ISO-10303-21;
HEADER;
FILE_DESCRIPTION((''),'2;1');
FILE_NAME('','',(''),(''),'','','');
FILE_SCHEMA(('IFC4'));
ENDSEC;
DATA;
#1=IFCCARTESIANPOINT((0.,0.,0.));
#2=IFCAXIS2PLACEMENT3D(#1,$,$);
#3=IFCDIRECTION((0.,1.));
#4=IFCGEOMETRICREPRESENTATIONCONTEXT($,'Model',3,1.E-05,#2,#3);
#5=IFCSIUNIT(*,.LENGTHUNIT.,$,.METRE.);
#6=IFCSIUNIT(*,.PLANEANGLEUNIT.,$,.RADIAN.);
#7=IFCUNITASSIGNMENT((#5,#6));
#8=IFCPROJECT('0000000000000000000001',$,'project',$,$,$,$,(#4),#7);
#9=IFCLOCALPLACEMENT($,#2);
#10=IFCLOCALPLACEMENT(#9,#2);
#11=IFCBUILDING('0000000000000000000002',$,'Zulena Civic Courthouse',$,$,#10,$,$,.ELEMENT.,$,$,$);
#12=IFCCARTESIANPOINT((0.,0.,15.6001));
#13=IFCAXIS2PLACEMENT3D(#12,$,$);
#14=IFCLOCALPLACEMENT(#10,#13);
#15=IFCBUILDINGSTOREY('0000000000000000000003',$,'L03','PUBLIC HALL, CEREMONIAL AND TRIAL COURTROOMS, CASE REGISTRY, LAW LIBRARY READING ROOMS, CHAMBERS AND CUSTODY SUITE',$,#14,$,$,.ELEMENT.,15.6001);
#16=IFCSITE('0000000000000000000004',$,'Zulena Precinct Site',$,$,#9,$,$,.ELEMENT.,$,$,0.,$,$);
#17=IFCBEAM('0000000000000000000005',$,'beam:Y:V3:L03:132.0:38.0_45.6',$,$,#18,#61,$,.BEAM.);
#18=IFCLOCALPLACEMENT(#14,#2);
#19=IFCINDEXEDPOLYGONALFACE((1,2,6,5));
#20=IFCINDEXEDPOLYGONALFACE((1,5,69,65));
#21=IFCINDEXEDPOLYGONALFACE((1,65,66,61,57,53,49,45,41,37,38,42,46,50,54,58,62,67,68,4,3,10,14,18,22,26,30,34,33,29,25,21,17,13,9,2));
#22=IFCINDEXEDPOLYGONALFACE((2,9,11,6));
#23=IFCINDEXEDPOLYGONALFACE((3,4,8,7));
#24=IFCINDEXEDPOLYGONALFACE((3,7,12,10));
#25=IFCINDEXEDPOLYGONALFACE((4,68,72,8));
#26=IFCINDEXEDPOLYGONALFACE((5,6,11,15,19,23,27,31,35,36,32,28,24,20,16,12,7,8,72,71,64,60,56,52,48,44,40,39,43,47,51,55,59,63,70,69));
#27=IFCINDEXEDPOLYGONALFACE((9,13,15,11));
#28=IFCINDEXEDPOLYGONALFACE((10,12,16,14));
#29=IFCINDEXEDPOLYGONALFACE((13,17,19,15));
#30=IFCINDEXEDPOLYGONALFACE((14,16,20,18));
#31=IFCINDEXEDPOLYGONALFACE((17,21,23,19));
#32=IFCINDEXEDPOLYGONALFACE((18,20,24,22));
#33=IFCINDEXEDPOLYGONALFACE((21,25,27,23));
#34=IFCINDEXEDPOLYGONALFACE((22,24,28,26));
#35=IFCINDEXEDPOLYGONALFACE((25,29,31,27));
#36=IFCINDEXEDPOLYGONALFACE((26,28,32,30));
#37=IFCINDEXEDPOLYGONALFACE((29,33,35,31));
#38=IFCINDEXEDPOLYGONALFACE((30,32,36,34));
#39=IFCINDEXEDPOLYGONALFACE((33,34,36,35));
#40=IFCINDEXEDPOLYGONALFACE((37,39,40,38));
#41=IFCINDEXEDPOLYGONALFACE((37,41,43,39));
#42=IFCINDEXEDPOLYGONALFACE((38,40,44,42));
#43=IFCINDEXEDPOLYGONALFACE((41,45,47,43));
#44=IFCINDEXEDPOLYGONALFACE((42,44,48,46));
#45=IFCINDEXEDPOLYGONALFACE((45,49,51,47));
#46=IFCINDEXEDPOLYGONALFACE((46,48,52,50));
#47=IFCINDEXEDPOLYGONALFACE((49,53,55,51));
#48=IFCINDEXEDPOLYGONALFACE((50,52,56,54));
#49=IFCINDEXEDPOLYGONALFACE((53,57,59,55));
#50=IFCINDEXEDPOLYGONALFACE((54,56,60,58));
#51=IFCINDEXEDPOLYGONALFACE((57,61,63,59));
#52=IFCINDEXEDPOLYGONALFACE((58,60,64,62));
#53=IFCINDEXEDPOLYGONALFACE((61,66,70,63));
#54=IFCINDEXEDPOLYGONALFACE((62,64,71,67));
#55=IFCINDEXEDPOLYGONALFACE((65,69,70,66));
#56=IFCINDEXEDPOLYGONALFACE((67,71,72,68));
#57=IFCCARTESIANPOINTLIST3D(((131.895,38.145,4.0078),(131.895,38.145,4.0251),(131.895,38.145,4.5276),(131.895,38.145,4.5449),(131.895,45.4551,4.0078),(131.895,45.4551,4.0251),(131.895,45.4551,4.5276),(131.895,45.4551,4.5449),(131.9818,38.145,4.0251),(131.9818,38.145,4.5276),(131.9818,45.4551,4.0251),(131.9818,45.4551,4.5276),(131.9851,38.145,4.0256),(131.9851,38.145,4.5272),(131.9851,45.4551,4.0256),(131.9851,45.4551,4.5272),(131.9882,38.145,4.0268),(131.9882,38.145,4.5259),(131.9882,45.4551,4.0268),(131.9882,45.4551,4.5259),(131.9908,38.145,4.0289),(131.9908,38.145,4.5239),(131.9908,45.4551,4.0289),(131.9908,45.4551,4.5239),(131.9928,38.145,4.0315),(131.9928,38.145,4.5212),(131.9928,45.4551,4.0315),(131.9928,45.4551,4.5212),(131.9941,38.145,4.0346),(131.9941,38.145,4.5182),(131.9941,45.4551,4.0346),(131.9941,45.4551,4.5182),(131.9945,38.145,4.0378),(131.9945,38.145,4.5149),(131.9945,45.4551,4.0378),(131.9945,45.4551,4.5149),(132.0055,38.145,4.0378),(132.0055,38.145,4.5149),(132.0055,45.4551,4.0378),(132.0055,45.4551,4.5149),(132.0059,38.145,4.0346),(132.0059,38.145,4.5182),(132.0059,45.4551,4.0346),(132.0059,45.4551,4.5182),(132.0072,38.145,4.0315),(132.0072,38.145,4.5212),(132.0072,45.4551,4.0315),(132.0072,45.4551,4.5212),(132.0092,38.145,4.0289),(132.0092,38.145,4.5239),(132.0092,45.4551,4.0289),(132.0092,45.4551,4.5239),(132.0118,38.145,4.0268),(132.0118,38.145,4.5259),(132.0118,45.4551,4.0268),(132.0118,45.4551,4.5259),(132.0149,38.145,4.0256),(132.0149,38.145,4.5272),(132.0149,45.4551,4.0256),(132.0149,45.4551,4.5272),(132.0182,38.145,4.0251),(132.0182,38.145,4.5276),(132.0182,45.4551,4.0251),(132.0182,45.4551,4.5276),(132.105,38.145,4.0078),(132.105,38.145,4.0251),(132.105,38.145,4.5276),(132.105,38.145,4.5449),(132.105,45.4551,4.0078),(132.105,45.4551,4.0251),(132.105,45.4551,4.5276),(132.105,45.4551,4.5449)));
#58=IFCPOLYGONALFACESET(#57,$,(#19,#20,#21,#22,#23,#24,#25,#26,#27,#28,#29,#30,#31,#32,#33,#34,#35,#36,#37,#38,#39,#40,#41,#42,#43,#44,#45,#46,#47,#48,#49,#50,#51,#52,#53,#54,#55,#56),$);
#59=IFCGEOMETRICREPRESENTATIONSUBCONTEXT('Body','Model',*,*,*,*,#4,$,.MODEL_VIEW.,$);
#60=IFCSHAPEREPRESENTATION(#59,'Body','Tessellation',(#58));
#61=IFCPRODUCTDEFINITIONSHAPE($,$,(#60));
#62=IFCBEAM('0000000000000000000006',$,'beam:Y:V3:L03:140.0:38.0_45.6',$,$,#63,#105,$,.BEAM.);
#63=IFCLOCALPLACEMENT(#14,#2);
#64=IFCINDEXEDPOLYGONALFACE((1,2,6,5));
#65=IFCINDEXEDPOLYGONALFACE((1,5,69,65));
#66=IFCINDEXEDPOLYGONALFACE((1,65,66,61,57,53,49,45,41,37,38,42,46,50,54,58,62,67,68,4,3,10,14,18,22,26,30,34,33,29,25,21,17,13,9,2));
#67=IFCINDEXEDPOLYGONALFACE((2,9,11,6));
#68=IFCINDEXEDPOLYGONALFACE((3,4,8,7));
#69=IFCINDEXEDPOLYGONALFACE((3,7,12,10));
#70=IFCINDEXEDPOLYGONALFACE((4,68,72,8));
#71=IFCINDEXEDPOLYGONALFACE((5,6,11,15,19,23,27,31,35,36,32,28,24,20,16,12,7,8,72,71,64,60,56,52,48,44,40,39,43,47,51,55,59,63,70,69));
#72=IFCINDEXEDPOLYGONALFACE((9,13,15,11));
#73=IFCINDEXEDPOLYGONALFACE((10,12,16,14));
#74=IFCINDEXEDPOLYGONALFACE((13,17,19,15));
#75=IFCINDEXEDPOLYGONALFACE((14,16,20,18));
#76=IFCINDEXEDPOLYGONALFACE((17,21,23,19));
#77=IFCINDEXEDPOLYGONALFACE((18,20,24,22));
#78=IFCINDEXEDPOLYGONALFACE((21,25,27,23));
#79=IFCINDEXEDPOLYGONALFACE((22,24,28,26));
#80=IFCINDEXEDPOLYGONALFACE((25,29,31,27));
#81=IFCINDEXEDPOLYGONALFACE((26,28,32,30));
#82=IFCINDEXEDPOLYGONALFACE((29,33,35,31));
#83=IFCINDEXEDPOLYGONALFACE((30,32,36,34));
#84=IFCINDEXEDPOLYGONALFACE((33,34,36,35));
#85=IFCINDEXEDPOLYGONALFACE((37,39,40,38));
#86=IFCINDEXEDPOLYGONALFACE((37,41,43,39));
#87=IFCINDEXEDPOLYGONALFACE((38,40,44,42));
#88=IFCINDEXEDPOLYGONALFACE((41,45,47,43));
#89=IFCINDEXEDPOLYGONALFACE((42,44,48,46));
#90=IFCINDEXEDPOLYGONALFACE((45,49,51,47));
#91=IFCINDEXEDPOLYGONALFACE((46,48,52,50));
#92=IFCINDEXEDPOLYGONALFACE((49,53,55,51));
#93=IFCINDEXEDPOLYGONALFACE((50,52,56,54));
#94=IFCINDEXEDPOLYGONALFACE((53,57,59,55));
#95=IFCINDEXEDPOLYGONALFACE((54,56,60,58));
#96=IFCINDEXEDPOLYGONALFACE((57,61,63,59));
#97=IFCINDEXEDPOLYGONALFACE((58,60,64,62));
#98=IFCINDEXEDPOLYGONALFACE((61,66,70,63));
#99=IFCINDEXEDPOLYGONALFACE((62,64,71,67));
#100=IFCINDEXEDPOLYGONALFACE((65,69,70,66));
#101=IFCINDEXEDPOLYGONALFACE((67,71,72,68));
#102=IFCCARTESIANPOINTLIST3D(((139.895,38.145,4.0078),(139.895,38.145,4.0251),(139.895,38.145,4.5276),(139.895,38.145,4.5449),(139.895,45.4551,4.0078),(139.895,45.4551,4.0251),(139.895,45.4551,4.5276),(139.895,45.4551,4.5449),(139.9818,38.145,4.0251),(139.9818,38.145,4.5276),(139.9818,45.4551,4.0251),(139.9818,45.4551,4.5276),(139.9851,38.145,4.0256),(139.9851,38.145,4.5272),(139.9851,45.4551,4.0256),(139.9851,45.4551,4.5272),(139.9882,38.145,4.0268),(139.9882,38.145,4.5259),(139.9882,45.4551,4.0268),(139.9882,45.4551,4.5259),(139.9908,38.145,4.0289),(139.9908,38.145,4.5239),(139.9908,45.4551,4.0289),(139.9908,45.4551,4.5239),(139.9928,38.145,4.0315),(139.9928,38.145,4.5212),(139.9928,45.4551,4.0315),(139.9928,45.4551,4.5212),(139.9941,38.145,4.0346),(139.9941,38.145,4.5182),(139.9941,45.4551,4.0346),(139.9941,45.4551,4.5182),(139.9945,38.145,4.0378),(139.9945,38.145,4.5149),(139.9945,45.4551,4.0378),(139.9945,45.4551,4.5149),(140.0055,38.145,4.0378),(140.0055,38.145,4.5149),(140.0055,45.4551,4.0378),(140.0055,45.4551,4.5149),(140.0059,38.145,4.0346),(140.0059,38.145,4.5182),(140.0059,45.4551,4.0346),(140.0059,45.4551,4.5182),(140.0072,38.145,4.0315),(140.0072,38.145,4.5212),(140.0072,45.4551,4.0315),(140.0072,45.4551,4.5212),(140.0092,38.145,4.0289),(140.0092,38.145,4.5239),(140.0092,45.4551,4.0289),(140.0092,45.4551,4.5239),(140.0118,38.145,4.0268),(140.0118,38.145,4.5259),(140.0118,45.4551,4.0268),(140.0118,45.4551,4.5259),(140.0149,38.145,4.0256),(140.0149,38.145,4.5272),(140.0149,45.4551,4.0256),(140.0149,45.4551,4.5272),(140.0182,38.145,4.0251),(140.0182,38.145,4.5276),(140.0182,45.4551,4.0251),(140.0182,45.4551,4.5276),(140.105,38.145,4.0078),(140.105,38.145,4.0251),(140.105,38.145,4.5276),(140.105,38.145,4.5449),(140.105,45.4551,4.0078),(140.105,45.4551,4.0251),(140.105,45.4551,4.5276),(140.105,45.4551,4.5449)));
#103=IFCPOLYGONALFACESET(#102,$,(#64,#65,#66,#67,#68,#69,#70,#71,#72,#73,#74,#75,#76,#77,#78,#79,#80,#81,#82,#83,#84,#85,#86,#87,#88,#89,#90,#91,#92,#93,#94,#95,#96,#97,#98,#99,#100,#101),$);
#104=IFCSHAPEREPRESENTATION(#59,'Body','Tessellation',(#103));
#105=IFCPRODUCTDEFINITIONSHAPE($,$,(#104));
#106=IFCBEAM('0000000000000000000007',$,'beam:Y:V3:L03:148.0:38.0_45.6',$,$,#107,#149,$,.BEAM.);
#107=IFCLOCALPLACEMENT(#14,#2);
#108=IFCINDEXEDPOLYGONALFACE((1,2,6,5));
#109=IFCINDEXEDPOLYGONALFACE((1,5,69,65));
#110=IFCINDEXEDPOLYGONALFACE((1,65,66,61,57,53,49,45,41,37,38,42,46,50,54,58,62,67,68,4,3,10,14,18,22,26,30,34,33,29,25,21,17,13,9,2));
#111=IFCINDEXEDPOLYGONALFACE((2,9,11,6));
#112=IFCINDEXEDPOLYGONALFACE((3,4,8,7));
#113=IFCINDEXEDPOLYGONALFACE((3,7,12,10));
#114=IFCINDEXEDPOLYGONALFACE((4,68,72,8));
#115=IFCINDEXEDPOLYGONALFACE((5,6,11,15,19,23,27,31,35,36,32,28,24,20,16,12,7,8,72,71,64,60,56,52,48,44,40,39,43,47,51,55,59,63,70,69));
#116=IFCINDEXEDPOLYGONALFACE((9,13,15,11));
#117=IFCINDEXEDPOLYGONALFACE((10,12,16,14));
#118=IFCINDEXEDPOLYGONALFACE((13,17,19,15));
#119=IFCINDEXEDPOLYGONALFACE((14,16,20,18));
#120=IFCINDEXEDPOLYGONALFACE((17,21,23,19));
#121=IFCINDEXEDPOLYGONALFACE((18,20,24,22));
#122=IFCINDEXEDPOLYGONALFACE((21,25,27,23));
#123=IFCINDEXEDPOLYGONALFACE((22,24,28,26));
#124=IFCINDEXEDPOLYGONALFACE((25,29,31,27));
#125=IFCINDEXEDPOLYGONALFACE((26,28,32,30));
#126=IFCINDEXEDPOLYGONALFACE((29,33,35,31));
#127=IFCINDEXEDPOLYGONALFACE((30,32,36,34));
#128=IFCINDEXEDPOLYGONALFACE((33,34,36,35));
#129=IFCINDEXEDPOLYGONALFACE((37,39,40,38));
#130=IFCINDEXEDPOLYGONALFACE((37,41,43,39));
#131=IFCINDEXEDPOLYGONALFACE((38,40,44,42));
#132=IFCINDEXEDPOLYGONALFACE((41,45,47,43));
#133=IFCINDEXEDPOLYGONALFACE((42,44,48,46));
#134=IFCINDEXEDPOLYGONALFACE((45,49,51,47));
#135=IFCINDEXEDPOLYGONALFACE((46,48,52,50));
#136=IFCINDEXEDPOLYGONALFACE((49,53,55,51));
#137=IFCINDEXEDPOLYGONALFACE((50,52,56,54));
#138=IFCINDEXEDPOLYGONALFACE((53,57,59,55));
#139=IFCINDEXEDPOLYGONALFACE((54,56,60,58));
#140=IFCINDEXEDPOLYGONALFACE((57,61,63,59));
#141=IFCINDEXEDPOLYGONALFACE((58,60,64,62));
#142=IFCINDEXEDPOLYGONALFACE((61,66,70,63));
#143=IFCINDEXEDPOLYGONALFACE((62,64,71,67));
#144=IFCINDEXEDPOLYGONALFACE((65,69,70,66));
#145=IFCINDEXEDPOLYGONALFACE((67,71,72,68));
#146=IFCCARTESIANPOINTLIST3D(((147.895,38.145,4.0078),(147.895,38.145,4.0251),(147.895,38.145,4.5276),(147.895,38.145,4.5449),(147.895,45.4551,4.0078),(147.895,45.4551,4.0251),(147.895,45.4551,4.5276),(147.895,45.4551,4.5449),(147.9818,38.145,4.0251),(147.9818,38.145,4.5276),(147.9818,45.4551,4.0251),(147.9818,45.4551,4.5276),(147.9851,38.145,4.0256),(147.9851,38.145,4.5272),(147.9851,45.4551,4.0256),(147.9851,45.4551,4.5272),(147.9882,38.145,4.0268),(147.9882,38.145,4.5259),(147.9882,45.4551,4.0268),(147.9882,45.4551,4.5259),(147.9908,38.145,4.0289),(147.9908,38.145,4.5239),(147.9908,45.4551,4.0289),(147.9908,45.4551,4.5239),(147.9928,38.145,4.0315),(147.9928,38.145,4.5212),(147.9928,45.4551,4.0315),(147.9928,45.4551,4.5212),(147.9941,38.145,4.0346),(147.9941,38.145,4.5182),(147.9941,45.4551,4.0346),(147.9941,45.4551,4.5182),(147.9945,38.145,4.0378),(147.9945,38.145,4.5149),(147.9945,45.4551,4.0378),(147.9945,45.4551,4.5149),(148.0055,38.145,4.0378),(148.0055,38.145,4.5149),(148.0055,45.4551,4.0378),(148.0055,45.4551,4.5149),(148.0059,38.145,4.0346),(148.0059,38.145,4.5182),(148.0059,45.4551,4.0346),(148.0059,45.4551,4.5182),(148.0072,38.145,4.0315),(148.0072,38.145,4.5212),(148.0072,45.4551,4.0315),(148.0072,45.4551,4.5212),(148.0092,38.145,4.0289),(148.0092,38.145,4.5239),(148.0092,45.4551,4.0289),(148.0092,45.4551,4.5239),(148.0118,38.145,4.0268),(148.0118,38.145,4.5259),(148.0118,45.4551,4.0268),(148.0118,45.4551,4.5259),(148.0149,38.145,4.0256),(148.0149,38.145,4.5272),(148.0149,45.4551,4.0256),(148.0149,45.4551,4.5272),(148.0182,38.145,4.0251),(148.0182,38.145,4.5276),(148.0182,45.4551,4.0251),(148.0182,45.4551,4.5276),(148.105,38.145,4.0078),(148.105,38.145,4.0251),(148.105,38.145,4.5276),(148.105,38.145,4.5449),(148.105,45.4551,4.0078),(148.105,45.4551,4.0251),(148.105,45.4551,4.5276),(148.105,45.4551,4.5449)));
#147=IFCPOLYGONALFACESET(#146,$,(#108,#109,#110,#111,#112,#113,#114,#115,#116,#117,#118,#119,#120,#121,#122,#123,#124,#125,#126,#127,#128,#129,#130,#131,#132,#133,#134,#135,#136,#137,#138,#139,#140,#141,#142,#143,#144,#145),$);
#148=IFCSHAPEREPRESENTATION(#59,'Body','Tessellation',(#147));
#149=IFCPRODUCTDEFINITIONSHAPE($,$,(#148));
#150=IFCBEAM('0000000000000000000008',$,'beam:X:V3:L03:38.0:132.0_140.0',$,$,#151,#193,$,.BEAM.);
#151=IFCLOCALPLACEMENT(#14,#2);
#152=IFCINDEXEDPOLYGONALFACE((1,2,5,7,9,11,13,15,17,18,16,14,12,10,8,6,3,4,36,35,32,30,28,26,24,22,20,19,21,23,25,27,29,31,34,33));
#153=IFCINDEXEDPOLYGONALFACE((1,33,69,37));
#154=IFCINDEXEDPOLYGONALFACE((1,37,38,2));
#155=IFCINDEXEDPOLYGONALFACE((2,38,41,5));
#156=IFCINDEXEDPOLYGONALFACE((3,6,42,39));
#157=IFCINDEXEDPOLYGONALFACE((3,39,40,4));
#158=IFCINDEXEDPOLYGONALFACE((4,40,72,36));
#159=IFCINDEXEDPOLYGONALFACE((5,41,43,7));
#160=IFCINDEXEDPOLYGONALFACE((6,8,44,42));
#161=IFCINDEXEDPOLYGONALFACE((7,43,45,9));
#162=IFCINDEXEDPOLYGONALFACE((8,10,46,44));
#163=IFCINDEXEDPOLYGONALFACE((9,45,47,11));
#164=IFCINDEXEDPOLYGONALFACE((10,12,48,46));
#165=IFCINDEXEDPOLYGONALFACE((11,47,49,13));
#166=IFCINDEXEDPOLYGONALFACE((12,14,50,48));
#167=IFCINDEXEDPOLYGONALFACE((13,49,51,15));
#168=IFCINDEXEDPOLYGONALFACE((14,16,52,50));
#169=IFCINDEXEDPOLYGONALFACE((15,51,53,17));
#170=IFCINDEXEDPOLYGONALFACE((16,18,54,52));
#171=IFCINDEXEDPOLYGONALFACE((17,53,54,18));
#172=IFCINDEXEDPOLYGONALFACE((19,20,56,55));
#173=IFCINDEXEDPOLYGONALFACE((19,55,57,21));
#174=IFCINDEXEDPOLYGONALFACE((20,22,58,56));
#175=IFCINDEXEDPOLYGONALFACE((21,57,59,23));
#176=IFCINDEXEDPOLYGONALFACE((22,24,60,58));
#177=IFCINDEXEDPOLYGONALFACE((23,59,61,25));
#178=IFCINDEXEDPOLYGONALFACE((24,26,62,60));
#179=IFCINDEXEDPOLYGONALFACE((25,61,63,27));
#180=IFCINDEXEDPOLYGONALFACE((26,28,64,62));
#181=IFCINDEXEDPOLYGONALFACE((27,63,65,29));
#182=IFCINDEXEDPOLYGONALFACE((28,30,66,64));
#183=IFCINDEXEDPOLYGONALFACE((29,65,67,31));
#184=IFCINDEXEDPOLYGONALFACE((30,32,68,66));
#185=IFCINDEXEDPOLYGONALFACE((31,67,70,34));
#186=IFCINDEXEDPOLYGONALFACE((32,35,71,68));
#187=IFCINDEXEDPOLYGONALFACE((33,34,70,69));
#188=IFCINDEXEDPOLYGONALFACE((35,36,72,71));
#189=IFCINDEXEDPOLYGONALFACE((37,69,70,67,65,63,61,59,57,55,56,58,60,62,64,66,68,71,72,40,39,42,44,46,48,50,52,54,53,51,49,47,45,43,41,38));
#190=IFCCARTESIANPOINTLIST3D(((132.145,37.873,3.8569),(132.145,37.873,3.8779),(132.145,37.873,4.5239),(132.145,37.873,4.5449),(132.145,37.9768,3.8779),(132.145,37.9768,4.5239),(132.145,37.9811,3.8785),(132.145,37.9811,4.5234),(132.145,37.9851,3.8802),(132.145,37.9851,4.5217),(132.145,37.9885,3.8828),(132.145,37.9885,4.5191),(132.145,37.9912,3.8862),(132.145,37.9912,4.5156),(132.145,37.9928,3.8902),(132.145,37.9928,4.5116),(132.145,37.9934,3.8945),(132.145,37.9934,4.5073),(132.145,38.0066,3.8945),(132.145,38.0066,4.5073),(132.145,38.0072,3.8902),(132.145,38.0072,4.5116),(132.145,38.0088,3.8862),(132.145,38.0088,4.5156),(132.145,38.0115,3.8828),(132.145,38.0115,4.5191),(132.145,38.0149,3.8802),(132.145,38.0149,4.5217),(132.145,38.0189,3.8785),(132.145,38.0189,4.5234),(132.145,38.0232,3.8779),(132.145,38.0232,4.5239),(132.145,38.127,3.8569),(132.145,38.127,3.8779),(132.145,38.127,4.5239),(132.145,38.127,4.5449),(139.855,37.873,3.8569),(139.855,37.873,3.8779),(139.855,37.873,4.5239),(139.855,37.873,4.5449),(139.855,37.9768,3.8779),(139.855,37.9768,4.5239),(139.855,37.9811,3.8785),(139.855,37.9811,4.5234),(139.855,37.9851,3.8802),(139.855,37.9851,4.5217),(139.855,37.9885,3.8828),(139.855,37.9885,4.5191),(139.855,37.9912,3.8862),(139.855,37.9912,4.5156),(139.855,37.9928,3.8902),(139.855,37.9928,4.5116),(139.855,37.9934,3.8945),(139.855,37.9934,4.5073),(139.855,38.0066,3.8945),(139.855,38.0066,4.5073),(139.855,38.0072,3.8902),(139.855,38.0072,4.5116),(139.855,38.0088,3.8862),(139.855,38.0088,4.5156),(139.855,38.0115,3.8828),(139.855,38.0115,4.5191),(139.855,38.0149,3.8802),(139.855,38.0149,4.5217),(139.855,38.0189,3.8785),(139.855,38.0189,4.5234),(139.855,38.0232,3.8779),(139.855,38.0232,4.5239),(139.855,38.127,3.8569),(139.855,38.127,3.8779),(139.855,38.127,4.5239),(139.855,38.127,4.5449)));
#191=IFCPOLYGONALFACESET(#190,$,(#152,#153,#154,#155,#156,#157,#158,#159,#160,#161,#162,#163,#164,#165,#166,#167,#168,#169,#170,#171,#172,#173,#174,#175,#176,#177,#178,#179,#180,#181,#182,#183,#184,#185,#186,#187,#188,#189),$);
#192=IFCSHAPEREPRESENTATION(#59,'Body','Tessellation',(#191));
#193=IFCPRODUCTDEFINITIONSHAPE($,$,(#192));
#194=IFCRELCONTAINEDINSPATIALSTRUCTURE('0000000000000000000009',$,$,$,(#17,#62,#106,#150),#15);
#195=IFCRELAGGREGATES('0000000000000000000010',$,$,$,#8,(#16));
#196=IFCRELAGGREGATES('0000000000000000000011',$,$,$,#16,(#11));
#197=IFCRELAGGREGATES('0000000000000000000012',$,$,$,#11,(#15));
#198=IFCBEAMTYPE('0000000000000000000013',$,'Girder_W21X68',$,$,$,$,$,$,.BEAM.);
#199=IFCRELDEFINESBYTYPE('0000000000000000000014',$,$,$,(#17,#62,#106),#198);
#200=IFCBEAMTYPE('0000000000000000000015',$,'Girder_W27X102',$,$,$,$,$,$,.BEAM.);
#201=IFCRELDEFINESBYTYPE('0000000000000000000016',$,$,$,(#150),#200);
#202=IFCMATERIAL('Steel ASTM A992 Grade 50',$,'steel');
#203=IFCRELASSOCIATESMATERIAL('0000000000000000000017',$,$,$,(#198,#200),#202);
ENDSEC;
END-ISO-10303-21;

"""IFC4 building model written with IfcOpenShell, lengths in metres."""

from ifc_helpers import new_model, si_unit, direction, frame, origin, origin_2d, place, context, subcontext, project, spatial, i_section, extrude, material, material_profile, profile_set, type_object, element, save


model = new_model("IFC4")

# Units and contexts
model_context = context("Model", 3, precision=1e-05, world=origin(), true_north=direction((0.0, 1.0)))
body_context = subcontext(model_context, "Body", "Model", "MODEL_VIEW")
ifc_project = project(units=[si_unit("LENGTHUNIT", "METRE"), si_unit("PLANEANGLEUNIT", "RADIAN")], contexts=[model_context])

# Site, building, storey
site_placement = place(None, origin())
site = spatial("IfcSite", under=ifc_project, at=site_placement, Name="Zulena Precinct Site", CompositionType="ELEMENT", RefElevation=0.0)
building_placement = place(site_placement, origin())
building = spatial("IfcBuilding", under=site, at=building_placement, Name="Zulena Civic Courthouse", CompositionType="ELEMENT")
storey_placement = place(building_placement, frame((0.0, 0.0, 15.6001)))
storey = spatial("IfcBuildingStorey", under=building, at=storey_placement, Name="L03", Description="PUBLIC HALL, CEREMONIAL AND TRIAL COURTROOMS, CASE REGISTRY, LAW LIBRARY READING ROOMS, CHAMBERS AND CUSTODY SUITE", CompositionType="ELEMENT", Elevation=15.6001)

# Shared definitions
ifc_material_1 = material(Name="Steel ASTM A992 Grade 50", Category="steel")

# Beams
ifc_material_profile_1 = material_profile(ifc_material_1, i_section(OverallWidth=0.21, OverallDepth=0.5371, WebThickness=0.011, FlangeThickness=0.0173, FilletRadius=0.0127, at=origin_2d()), Name="W21X68")
ifc_profile_set_1 = profile_set([ifc_material_profile_1], Name="Steel ASTM A992 Grade 50")
beam_type_1 = type_object("IfcBeamType", Name="Girder_W21X68", PredefinedType="BEAM", material=ifc_profile_set_1)
for number, where, z_axis, x_axis, name in (
    (1, (132.0, 38.145, 4.2764), (0.0, 1.0, 0.0), (-1.0, 0.0, 0.0), "beam:Y:V3:L03:132.0:38.0_45.6"),
    (2, (140.0, 38.145, 4.2764), (0.0, 1.0, 0.0), (-1.0, 0.0, 0.0), "beam:Y:V3:L03:140.0:38.0_45.6"),
    (3, (148.0, 38.145, 4.2764), (0.0, 1.0, 0.0), (-1.0, 0.0, 0.0), "beam:Y:V3:L03:148.0:38.0_45.6"),
):
    element("IfcBeam", number, at=place(storey_placement, frame(where, z_axis=z_axis, x_axis=x_axis)), inside=storey, type_object=beam_type_1, Name=name, PredefinedType="BEAM", context=body_context, shape_type="SweptSolid", body=[
        extrude(i_section(OverallWidth=0.21, OverallDepth=0.5371, WebThickness=0.011, FlangeThickness=0.0173, FilletRadius=0.0127, at=origin_2d()), origin(), (0.0, 0.0, 1.0), 7.3101),
    ])
ifc_material_profile_2 = material_profile(ifc_material_1, i_section(OverallWidth=0.2539, OverallDepth=0.688, WebThickness=0.0132, FlangeThickness=0.021, FilletRadius=0.0166, at=origin_2d()), Name="W27X102")
ifc_profile_set_2 = profile_set([ifc_material_profile_2], Name="Steel ASTM A992 Grade 50")
beam_type_2 = type_object("IfcBeamType", Name="Girder_W27X102", PredefinedType="BEAM", material=ifc_profile_set_2)
for number, where, z_axis, x_axis, name in (
    (4, (132.145, 38.0, 4.2009), (1.0, 0.0, 0.0), (0.0, 1.0, 0.0), "beam:X:V3:L03:38.0:132.0_140.0"),
):
    element("IfcBeam", number, at=place(storey_placement, frame(where, z_axis=z_axis, x_axis=x_axis)), inside=storey, type_object=beam_type_2, Name=name, PredefinedType="BEAM", context=body_context, shape_type="SweptSolid", body=[
        extrude(i_section(OverallWidth=0.2539, OverallDepth=0.688, WebThickness=0.0132, FlangeThickness=0.021, FilletRadius=0.0166, at=origin_2d()), origin(), (0.0, 0.0, 1.0), 7.71),
    ])

save(model, "model.ifc")
